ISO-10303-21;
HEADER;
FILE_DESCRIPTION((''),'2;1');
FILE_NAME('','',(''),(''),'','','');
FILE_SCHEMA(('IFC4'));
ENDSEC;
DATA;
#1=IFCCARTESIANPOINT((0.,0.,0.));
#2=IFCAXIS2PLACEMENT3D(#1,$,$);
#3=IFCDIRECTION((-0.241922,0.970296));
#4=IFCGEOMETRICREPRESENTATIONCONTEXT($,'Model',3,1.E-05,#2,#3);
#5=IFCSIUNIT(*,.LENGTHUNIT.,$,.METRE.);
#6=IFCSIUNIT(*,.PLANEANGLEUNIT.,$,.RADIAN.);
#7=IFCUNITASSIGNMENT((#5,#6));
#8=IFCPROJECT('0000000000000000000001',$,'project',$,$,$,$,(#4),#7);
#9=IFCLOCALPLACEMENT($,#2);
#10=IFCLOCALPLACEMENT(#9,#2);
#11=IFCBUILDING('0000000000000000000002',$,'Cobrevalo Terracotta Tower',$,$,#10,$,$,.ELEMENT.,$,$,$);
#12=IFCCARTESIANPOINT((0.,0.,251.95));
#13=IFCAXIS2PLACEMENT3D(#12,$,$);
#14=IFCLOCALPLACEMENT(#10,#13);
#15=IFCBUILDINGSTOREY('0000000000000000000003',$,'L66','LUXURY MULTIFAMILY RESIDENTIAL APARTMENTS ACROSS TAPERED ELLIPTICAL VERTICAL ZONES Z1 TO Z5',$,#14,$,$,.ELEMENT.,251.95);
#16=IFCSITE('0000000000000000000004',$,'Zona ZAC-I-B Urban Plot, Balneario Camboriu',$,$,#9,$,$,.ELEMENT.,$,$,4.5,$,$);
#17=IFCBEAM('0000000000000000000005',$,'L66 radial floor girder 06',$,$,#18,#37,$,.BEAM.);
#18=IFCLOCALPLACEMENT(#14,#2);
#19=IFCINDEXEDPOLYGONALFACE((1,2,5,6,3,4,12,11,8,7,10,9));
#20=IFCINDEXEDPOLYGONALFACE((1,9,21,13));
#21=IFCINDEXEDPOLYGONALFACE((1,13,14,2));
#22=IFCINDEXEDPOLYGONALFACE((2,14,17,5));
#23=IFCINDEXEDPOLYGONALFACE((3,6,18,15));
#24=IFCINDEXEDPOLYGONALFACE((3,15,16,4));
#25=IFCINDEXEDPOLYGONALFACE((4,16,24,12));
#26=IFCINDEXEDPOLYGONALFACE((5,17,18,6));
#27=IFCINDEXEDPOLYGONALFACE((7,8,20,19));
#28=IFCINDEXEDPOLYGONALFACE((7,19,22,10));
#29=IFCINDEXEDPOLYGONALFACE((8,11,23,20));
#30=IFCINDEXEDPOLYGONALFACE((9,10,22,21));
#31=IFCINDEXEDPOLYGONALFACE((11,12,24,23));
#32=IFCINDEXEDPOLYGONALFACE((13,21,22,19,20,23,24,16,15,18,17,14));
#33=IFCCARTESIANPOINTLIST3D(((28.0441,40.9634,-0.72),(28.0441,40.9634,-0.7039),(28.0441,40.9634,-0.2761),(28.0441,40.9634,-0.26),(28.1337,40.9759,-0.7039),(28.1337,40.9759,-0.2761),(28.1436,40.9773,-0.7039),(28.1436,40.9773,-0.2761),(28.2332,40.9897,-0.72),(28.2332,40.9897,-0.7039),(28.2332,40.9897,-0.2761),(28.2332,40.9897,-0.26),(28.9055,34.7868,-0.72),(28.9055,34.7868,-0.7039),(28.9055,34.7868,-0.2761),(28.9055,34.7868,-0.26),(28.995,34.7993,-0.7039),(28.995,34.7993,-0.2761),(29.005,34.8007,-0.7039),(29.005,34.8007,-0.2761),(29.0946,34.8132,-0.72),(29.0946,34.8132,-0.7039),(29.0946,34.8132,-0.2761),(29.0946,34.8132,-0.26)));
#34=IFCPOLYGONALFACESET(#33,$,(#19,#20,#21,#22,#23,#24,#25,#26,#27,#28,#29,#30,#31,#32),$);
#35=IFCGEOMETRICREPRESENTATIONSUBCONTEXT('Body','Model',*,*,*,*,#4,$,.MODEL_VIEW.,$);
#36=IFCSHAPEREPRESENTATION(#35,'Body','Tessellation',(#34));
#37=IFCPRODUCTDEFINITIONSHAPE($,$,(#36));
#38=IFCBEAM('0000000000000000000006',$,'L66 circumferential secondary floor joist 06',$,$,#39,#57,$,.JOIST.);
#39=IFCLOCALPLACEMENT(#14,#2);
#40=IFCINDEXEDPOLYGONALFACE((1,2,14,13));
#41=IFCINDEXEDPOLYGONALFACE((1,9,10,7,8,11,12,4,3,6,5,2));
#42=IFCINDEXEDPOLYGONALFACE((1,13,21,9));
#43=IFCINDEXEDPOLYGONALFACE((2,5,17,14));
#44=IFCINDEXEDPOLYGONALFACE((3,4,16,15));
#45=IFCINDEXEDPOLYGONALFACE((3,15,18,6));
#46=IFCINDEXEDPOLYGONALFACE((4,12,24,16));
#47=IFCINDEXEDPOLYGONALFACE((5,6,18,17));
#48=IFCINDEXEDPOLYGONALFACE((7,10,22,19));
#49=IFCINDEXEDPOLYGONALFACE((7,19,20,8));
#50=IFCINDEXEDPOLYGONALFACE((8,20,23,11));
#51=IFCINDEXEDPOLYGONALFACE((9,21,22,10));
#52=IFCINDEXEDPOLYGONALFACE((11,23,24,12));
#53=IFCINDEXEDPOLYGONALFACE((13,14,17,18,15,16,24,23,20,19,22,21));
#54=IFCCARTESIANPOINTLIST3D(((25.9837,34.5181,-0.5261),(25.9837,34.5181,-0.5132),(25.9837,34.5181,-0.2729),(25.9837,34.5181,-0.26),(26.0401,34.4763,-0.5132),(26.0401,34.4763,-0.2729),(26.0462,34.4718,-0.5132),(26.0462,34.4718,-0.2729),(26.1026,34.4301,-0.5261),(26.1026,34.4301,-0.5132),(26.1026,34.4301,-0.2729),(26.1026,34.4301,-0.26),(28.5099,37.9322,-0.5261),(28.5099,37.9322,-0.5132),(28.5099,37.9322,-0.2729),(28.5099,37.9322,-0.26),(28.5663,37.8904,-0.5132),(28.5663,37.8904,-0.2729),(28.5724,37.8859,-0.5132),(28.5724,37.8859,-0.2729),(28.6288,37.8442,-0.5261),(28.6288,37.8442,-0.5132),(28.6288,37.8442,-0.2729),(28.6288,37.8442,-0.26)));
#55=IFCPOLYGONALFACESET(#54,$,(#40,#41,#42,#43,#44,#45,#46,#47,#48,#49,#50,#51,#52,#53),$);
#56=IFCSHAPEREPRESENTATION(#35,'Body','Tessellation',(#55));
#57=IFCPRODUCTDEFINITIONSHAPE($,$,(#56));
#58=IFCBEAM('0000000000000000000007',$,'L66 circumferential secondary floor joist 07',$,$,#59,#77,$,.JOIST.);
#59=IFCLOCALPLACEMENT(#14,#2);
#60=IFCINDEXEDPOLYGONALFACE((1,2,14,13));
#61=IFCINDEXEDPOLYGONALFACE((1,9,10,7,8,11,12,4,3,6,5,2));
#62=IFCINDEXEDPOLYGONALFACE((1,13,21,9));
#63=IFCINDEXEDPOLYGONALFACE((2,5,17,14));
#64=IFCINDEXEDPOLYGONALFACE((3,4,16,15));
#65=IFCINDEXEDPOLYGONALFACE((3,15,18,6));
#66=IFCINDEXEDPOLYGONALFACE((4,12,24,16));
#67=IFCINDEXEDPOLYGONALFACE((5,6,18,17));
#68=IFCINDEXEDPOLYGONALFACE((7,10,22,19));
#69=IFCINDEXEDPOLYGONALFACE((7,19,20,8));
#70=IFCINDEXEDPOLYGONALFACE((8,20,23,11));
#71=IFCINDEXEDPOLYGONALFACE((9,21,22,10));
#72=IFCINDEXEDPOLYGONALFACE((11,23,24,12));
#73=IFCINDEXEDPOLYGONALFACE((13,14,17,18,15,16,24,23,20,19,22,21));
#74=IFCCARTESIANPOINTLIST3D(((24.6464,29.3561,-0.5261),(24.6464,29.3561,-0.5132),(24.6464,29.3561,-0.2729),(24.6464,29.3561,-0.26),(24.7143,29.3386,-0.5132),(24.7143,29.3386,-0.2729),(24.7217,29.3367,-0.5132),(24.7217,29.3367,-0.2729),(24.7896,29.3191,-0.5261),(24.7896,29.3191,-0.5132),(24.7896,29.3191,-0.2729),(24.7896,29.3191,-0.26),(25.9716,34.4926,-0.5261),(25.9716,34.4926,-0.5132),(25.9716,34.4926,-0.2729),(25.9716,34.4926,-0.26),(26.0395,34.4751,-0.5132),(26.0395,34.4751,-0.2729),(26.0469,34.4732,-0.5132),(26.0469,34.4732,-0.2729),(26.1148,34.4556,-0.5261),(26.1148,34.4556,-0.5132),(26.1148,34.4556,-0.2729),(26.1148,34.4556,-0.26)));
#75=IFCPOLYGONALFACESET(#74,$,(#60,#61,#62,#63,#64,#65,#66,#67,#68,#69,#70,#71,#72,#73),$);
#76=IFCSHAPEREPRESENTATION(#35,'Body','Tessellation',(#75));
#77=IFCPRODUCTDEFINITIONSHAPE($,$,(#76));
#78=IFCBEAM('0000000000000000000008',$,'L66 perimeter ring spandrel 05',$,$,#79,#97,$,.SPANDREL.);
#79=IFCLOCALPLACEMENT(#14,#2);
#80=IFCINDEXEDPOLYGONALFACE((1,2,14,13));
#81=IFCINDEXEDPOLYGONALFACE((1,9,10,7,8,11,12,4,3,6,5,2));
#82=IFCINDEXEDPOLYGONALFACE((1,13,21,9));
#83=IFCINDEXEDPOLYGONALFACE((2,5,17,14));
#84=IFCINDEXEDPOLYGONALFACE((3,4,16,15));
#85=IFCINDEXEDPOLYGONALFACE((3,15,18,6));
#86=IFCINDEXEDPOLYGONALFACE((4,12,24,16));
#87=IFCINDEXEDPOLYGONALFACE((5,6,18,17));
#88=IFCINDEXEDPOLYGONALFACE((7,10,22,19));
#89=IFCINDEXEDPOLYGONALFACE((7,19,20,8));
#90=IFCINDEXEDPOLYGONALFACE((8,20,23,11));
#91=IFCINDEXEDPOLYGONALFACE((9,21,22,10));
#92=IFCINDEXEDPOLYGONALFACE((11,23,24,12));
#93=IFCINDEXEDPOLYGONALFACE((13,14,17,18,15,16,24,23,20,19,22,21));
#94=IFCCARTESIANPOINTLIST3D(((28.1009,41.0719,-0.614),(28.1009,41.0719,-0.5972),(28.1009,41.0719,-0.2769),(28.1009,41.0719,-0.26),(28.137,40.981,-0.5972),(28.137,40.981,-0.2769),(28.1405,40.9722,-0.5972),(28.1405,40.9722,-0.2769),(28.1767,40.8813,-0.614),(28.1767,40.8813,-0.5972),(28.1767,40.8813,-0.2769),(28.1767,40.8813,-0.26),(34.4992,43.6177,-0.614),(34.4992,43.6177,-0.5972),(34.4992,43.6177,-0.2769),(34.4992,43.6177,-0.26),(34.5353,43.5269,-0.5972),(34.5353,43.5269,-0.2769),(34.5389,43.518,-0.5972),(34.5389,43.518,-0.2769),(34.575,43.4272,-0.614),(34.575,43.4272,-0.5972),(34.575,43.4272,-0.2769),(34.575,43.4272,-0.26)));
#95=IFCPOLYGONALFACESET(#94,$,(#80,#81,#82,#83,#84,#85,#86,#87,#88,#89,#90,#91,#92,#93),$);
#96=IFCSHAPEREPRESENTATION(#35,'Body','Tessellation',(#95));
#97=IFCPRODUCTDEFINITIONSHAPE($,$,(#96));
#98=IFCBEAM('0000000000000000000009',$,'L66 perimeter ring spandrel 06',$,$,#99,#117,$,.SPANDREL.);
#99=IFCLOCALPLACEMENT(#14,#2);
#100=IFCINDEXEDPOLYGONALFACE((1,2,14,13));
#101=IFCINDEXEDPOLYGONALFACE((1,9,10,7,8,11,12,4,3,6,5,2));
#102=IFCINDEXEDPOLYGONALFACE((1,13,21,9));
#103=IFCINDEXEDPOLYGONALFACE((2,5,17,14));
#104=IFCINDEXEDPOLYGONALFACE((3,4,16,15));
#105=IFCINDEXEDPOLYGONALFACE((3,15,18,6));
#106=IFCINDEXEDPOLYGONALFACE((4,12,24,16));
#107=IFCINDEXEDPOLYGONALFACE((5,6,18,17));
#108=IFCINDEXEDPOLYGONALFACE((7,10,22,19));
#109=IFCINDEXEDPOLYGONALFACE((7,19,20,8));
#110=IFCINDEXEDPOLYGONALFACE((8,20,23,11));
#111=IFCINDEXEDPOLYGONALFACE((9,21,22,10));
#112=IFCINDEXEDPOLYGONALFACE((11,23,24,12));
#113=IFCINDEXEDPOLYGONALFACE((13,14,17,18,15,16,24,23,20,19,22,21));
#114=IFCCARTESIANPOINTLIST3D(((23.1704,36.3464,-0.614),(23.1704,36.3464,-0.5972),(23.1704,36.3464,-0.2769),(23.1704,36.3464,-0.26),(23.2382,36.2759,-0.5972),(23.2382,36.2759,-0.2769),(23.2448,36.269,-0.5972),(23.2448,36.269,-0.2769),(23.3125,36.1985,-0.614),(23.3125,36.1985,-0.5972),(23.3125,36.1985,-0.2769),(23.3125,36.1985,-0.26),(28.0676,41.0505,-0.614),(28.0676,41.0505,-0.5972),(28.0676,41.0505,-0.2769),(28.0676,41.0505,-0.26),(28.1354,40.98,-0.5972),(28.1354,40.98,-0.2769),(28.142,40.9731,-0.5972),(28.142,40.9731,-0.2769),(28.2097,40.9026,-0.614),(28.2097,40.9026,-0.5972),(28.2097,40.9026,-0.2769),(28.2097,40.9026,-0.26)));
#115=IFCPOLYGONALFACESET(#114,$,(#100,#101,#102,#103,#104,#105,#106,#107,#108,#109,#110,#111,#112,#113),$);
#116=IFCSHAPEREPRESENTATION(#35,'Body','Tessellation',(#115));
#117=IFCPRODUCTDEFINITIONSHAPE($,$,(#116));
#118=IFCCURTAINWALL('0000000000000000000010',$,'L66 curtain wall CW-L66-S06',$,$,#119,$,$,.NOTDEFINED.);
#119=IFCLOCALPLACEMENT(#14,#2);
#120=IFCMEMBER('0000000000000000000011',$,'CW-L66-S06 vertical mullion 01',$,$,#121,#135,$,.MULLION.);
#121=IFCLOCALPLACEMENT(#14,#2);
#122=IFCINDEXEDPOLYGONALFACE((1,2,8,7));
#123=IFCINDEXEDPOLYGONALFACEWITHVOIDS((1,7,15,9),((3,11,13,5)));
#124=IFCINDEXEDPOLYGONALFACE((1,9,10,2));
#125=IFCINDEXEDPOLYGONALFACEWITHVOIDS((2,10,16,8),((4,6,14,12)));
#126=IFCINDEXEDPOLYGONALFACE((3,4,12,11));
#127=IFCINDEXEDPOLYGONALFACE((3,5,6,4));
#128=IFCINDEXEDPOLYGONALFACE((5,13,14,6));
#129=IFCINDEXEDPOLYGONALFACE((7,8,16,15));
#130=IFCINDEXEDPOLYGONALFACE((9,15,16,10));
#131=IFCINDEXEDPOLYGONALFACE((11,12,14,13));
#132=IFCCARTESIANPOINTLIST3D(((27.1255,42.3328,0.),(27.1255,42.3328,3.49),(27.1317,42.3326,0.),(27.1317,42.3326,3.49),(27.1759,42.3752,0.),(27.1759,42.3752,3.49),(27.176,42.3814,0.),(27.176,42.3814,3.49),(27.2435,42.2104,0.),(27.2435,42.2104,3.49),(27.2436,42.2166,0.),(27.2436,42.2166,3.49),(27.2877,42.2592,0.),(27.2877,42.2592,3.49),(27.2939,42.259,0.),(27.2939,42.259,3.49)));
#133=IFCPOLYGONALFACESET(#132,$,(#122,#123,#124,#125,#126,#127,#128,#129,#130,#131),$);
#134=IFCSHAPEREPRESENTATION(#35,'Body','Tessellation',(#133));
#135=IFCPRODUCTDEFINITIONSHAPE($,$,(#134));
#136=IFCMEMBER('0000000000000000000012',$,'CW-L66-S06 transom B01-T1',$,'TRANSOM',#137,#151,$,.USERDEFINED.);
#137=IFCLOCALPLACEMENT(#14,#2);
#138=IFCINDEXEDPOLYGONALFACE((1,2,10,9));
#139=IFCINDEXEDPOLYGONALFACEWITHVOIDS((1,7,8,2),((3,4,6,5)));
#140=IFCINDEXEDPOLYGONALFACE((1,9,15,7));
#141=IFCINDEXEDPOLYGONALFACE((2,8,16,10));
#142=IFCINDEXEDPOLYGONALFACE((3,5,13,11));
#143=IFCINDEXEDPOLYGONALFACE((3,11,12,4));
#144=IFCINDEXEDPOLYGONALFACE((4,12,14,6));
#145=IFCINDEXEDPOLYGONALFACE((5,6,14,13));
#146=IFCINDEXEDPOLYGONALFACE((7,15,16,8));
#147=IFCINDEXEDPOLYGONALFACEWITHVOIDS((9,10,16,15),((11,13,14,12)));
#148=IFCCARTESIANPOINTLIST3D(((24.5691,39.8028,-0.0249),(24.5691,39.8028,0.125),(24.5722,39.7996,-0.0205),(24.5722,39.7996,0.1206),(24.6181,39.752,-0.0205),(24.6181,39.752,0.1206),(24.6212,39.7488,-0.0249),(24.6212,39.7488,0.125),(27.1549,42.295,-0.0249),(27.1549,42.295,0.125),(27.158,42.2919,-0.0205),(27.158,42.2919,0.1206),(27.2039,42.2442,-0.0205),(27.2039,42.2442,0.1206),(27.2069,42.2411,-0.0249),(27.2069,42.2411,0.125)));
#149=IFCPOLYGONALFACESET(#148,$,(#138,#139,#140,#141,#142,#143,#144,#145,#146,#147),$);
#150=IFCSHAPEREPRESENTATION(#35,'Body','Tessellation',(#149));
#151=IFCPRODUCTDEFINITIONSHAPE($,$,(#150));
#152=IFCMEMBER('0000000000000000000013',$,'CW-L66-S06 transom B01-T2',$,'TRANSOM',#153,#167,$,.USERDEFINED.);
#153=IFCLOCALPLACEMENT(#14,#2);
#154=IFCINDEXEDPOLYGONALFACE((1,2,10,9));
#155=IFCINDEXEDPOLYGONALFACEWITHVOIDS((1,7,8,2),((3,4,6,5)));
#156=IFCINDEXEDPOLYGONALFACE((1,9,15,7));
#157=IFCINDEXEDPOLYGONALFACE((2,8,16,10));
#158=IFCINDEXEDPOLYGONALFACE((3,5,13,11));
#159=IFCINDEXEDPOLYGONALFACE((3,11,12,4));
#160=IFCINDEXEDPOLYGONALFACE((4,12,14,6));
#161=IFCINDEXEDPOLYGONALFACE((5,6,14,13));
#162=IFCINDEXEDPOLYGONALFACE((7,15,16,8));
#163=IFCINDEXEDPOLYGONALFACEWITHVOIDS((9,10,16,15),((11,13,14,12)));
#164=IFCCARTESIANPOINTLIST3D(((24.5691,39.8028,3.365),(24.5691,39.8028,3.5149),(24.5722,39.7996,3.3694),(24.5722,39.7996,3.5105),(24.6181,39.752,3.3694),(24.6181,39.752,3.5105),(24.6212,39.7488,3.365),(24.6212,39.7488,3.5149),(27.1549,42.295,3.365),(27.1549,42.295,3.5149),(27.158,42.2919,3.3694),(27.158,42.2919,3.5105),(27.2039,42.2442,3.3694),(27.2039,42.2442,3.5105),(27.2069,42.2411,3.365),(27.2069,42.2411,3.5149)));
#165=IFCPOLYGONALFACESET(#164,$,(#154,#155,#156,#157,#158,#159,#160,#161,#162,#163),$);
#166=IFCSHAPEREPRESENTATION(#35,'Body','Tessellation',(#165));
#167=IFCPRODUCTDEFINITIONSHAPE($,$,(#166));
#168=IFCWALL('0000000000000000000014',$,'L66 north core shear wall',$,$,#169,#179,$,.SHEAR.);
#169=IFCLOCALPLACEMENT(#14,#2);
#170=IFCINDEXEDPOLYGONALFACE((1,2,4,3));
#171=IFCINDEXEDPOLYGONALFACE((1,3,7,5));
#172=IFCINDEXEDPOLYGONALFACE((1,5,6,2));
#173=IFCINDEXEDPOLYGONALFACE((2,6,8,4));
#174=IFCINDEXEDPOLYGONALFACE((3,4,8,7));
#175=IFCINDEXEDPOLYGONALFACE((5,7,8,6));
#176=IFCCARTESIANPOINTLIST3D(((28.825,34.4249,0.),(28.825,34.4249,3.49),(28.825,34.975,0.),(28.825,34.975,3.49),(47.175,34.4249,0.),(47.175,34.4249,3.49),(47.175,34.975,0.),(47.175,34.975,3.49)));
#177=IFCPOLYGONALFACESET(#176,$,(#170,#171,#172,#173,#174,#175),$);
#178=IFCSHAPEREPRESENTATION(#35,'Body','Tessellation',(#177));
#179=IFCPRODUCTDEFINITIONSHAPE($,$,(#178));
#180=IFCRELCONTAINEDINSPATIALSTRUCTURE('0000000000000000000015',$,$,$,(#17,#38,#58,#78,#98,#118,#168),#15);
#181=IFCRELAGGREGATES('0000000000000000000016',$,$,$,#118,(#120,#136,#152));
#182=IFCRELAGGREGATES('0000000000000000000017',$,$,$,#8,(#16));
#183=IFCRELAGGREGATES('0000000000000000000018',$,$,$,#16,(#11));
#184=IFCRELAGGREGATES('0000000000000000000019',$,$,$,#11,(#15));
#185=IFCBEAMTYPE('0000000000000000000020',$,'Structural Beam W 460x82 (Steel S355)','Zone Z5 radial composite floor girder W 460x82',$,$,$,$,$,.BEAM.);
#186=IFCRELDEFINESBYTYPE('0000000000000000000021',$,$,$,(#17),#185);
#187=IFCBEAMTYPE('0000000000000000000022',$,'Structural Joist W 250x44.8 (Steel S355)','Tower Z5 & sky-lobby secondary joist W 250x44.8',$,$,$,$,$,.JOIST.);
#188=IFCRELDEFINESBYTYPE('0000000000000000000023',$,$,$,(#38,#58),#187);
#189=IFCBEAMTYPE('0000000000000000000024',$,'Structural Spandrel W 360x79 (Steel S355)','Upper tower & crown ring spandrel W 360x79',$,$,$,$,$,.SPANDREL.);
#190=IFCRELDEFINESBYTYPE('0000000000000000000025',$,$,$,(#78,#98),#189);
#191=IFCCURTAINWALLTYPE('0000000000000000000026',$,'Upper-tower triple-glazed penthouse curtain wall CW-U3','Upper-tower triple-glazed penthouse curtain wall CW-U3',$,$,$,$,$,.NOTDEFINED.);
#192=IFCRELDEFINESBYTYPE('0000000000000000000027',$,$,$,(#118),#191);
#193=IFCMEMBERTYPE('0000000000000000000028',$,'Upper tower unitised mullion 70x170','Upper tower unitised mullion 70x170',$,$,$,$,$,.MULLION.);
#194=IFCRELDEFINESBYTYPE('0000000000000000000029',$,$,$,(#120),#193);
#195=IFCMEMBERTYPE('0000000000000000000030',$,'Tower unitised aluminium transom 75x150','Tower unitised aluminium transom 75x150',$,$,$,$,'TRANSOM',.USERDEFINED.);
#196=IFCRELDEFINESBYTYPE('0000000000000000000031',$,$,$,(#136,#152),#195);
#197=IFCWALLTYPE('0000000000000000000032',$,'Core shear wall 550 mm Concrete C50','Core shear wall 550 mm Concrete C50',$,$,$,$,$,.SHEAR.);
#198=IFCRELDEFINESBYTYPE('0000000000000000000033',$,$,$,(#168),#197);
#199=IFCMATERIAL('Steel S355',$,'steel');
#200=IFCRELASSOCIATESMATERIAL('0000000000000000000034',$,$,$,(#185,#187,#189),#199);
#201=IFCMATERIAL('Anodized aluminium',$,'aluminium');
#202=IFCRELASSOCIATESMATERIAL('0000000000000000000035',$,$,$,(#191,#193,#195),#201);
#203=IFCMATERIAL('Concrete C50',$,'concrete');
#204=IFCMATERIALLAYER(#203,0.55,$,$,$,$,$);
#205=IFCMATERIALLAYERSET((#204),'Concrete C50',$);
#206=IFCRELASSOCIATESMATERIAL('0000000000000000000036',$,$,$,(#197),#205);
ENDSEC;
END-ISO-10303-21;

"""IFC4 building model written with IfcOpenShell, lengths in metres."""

from ifc_helpers import new_model, si_unit, direction, frame, frame_2d, origin, origin_2d, place, context, subcontext, project, spatial, rectangle, hollow_rectangle, i_section, extrude, source, transform, mapped, material, layer, layer_set, material_profile, profile_set, type_object, element, aggregate, save


model = new_model("IFC4")

# Units and contexts
model_context = context("Model", 3, precision=1e-05, world=origin(), true_north=direction((-0.241922, 0.970296)))
body_context = subcontext(model_context, "Body", "Model", "MODEL_VIEW")
ifc_project = project(units=[si_unit("LENGTHUNIT", "METRE"), si_unit("PLANEANGLEUNIT", "RADIAN")], contexts=[model_context])

# Site, building, storey
site_placement = place(None, origin())
site = spatial("IfcSite", under=ifc_project, at=site_placement, Name="Zona ZAC-I-B Urban Plot, Balneario Camboriu", CompositionType="ELEMENT", RefElevation=4.5)
building_placement = place(site_placement, origin())
building = spatial("IfcBuilding", under=site, at=building_placement, Name="Cobrevalo Terracotta Tower", CompositionType="ELEMENT")
storey_placement = place(building_placement, frame((0.0, 0.0, 251.95)))
storey = spatial("IfcBuildingStorey", under=building, at=storey_placement, Name="L66", Description="LUXURY MULTIFAMILY RESIDENTIAL APARTMENTS ACROSS TAPERED ELLIPTICAL VERTICAL ZONES Z1 TO Z5", CompositionType="ELEMENT", Elevation=251.95)

# Shared definitions
ifc_material_1 = material(Name="Steel S355", Category="steel")
ifc_material_2 = material(Name="Concrete C50", Category="concrete")

# Beams
ifc_material_profile_1 = material_profile(ifc_material_1, i_section(OverallWidth=0.1909, OverallDepth=0.46, WebThickness=0.01, FlangeThickness=0.0161, at=origin_2d()), Name="W 460x82")
ifc_profile_set_1 = profile_set([ifc_material_profile_1], Name="Steel S355")
beam_type_1 = type_object("IfcBeamType", Name="Structural Beam W 460x82 (Steel S355)", Description="Zone Z5 radial composite floor girder W 460x82", PredefinedType="BEAM", material=ifc_profile_set_1)
beam_1_placement = place(storey_placement, frame((28.1387, 40.9766, -0.49), z_axis=(0.138116, -0.990416, 0.0), x_axis=(0.990416, 0.138116, 0.0)))
element("IfcBeam", 1, at=beam_1_placement, inside=storey, type_object=beam_type_1, Name="L66 radial floor girder 06", PredefinedType="BEAM", context=body_context, shape_type="SweptSolid", body=[
    extrude(i_section(OverallWidth=0.1909, OverallDepth=0.46, WebThickness=0.01, FlangeThickness=0.0161, at=origin_2d()), origin(), (0.0, 0.0, 1.0), 6.2363),
])
ifc_material_profile_2 = material_profile(ifc_material_1, i_section(OverallWidth=0.1479, OverallDepth=0.2661, WebThickness=0.0076, FlangeThickness=0.0129, at=origin_2d()), Name="W 250x44.8")
ifc_profile_set_2 = profile_set([ifc_material_profile_2], Name="Steel S355")
beam_type_2 = type_object("IfcBeamType", Name="Structural Joist W 250x44.8 (Steel S355)", Description="Tower Z5 & sky-lobby secondary joist W 250x44.8", PredefinedType="JOIST", material=ifc_profile_set_2)
beam_2_placement = place(storey_placement, frame((28.5693, 37.8882, -0.3931), z_axis=(-0.5948, -0.803874, 0.0), x_axis=(0.803874, -0.5948, 0.0)))
element("IfcBeam", 2, at=beam_2_placement, inside=storey, type_object=beam_type_2, Name="L66 circumferential secondary floor joist 06", PredefinedType="JOIST", context=body_context, shape_type="SweptSolid", body=[
    extrude(i_section(OverallWidth=0.1479, OverallDepth=0.2661, WebThickness=0.0076, FlangeThickness=0.0129, at=origin_2d()), origin(), (0.0, 0.0, 1.0), 4.2471),
])
beam_3_placement = place(storey_placement, frame((26.0432, 34.4741, -0.3931), z_axis=(-0.249817, -0.968293, 0.0), x_axis=(0.968293, -0.249817, 0.0)))
element("IfcBeam", 3, at=beam_3_placement, inside=storey, type_object=beam_type_2, Name="L66 circumferential secondary floor joist 07", PredefinedType="JOIST", context=body_context, shape_type="SweptSolid", body=[
    extrude(i_section(OverallWidth=0.1479, OverallDepth=0.2661, WebThickness=0.0076, FlangeThickness=0.0129, at=origin_2d()), origin(), (0.0, 0.0, 1.0), 5.3047),
])
ifc_material_profile_3 = material_profile(ifc_material_1, i_section(OverallWidth=0.2051, OverallDepth=0.354, WebThickness=0.0095, FlangeThickness=0.0168, at=origin_2d()), Name="W 360x79")
ifc_profile_set_3 = profile_set([ifc_material_profile_3], Name="Steel S355")
beam_type_3 = type_object("IfcBeamType", Name="Structural Spandrel W 360x79 (Steel S355)", Description="Upper tower & crown ring spandrel W 360x79", PredefinedType="SPANDREL", material=ifc_profile_set_3)
beam_4_placement = place(storey_placement, frame((34.5371, 43.5225, -0.437), z_axis=(-0.92915, -0.369703, 0.0), x_axis=(0.369703, -0.92915, 0.0)))
element("IfcBeam", 4, at=beam_4_placement, inside=storey, type_object=beam_type_3, Name="L66 perimeter ring spandrel 05", PredefinedType="SPANDREL", context=body_context, shape_type="SweptSolid", body=[
    extrude(i_section(OverallWidth=0.2051, OverallDepth=0.354, WebThickness=0.0095, FlangeThickness=0.0168, at=origin_2d()), origin(), (0.0, 0.0, 1.0), 6.8862),
])
beam_5_placement = place(storey_placement, frame((28.1387, 40.9766, -0.437), z_axis=(-0.721183, -0.692744, 0.0), x_axis=(0.692744, -0.721183, 0.0)))
element("IfcBeam", 5, at=beam_5_placement, inside=storey, type_object=beam_type_3, Name="L66 perimeter ring spandrel 06", PredefinedType="SPANDREL", context=body_context, shape_type="SweptSolid", body=[
    extrude(i_section(OverallWidth=0.2051, OverallDepth=0.354, WebThickness=0.0095, FlangeThickness=0.0168, at=origin_2d()), origin(), (0.0, 0.0, 1.0), 6.7905),
])

# Curtain wall, members
ifc_material_3 = material(Name="Anodized aluminium", Category="aluminium")
curtain_wall_type = type_object("IfcCurtainWallType", Name="Upper-tower triple-glazed penthouse curtain wall CW-U3", Description="Upper-tower triple-glazed penthouse curtain wall CW-U3", PredefinedType="NOTDEFINED", material=ifc_material_3)
curtain_wall_placement = place(storey_placement, origin())
curtain_wall = element("IfcCurtainWall", 6, at=curtain_wall_placement, inside=storey, type_object=curtain_wall_type, Name="L66 curtain wall CW-L66-S06", PredefinedType="NOTDEFINED")
ifc_material_profile_4 = material_profile(ifc_material_3, hollow_rectangle(XDim=0.0701, YDim=0.1699, WallThickness=0.0044, at=origin_2d()), Name="CWM 70x170")
ifc_profile_set_4 = profile_set([ifc_material_profile_4], Name="Anodized aluminium")
member_type_1 = type_object("IfcMemberType", Name="Upper tower unitised mullion 70x170", Description="Upper tower unitised mullion 70x170", PredefinedType="MULLION", material=ifc_profile_set_4)
shared_shape_1 = source(origin(), body_context, "Body", "SweptSolid", [
    extrude(hollow_rectangle(XDim=0.0701, YDim=0.1699, WallThickness=0.0044, at=origin_2d()), origin(), (0.0, 0.0, 1.0), 3.49),
])
member_1_placement = place(storey_placement, frame((27.2097, 42.2959, 0.0), z_axis=(0.0, 0.0, 1.0), x_axis=(-0.719994, -0.69398, 0.0)))
member_1 = element("IfcMember", 7, at=member_1_placement, type_object=member_type_1, Name="CW-L66-S06 vertical mullion 01", PredefinedType="MULLION", context=body_context, shape_type="MappedRepresentation", body=[
    mapped(shared_shape_1, transform((0.0, 0.0, 0.0), scale=1.0)),
])
ifc_material_profile_5 = material_profile(ifc_material_3, hollow_rectangle(XDim=0.075, YDim=0.1499, WallThickness=0.0044, at=origin_2d()), Name="CWT 75x150")
ifc_profile_set_5 = profile_set([ifc_material_profile_5], Name="Anodized aluminium")
member_type_2 = type_object("IfcMemberType", Name="Tower unitised aluminium transom 75x150", Description="Tower unitised aluminium transom 75x150", ElementType="TRANSOM", PredefinedType="USERDEFINED", material=ifc_profile_set_5)
shared_shape_2 = source(origin(), body_context, "Body", "SweptSolid", [
    extrude(hollow_rectangle(XDim=0.075, YDim=0.1499, WallThickness=0.0044, at=origin_2d()), origin(), (0.0, 0.0, 1.0), 3.5913),
])
member_2_placement = place(storey_placement, frame((27.1809, 42.2681, 0.05), z_axis=(-0.720006, -0.693968, 0.0), x_axis=(0.693968, -0.720006, 0.0)))
member_2 = element("IfcMember", 8, at=member_2_placement, type_object=member_type_2, Name="CW-L66-S06 transom B01-T1", ObjectType="TRANSOM", PredefinedType="USERDEFINED", context=body_context, shape_type="MappedRepresentation", body=[
    mapped(shared_shape_2, transform((0.0, 0.0, 0.0), scale=1.0)),
])
member_3_placement = place(storey_placement, frame((27.1809, 42.2681, 3.4399), z_axis=(-0.720006, -0.693968, 0.0), x_axis=(0.693968, -0.720006, 0.0)))
member_3 = element("IfcMember", 9, at=member_3_placement, type_object=member_type_2, Name="CW-L66-S06 transom B01-T2", ObjectType="TRANSOM", PredefinedType="USERDEFINED", context=body_context, shape_type="MappedRepresentation", body=[
    mapped(shared_shape_2, transform((0.0, 0.0, 0.0), scale=1.0)),
])
aggregate(curtain_wall, [member_1, member_2, member_3])

# Wall
ifc_layer_1 = layer(ifc_material_2, 0.55)
ifc_layer_set_1 = layer_set([ifc_layer_1], Name="Concrete C50")
wall_type_1 = type_object("IfcWallType", Name="Core shear wall 550 mm Concrete C50", Description="Core shear wall 550 mm Concrete C50", PredefinedType="SHEAR", material=ifc_layer_set_1)
wall_1_placement = place(storey_placement, frame((28.825, 34.7, 0.0), z_axis=(0.0, 0.0, 1.0), x_axis=(1.0, 0.0, 0.0)))
element("IfcWall", 10, at=wall_1_placement, inside=storey, type_object=wall_type_1, Name="L66 north core shear wall", PredefinedType="SHEAR", context=body_context, shape_type="SweptSolid", body=[
    extrude(rectangle(XDim=18.3501, YDim=0.55, at=frame_2d((9.175, 0.0))), origin(), (0.0, 0.0, 1.0), 3.49),
])

save(model, "model.ifc")
